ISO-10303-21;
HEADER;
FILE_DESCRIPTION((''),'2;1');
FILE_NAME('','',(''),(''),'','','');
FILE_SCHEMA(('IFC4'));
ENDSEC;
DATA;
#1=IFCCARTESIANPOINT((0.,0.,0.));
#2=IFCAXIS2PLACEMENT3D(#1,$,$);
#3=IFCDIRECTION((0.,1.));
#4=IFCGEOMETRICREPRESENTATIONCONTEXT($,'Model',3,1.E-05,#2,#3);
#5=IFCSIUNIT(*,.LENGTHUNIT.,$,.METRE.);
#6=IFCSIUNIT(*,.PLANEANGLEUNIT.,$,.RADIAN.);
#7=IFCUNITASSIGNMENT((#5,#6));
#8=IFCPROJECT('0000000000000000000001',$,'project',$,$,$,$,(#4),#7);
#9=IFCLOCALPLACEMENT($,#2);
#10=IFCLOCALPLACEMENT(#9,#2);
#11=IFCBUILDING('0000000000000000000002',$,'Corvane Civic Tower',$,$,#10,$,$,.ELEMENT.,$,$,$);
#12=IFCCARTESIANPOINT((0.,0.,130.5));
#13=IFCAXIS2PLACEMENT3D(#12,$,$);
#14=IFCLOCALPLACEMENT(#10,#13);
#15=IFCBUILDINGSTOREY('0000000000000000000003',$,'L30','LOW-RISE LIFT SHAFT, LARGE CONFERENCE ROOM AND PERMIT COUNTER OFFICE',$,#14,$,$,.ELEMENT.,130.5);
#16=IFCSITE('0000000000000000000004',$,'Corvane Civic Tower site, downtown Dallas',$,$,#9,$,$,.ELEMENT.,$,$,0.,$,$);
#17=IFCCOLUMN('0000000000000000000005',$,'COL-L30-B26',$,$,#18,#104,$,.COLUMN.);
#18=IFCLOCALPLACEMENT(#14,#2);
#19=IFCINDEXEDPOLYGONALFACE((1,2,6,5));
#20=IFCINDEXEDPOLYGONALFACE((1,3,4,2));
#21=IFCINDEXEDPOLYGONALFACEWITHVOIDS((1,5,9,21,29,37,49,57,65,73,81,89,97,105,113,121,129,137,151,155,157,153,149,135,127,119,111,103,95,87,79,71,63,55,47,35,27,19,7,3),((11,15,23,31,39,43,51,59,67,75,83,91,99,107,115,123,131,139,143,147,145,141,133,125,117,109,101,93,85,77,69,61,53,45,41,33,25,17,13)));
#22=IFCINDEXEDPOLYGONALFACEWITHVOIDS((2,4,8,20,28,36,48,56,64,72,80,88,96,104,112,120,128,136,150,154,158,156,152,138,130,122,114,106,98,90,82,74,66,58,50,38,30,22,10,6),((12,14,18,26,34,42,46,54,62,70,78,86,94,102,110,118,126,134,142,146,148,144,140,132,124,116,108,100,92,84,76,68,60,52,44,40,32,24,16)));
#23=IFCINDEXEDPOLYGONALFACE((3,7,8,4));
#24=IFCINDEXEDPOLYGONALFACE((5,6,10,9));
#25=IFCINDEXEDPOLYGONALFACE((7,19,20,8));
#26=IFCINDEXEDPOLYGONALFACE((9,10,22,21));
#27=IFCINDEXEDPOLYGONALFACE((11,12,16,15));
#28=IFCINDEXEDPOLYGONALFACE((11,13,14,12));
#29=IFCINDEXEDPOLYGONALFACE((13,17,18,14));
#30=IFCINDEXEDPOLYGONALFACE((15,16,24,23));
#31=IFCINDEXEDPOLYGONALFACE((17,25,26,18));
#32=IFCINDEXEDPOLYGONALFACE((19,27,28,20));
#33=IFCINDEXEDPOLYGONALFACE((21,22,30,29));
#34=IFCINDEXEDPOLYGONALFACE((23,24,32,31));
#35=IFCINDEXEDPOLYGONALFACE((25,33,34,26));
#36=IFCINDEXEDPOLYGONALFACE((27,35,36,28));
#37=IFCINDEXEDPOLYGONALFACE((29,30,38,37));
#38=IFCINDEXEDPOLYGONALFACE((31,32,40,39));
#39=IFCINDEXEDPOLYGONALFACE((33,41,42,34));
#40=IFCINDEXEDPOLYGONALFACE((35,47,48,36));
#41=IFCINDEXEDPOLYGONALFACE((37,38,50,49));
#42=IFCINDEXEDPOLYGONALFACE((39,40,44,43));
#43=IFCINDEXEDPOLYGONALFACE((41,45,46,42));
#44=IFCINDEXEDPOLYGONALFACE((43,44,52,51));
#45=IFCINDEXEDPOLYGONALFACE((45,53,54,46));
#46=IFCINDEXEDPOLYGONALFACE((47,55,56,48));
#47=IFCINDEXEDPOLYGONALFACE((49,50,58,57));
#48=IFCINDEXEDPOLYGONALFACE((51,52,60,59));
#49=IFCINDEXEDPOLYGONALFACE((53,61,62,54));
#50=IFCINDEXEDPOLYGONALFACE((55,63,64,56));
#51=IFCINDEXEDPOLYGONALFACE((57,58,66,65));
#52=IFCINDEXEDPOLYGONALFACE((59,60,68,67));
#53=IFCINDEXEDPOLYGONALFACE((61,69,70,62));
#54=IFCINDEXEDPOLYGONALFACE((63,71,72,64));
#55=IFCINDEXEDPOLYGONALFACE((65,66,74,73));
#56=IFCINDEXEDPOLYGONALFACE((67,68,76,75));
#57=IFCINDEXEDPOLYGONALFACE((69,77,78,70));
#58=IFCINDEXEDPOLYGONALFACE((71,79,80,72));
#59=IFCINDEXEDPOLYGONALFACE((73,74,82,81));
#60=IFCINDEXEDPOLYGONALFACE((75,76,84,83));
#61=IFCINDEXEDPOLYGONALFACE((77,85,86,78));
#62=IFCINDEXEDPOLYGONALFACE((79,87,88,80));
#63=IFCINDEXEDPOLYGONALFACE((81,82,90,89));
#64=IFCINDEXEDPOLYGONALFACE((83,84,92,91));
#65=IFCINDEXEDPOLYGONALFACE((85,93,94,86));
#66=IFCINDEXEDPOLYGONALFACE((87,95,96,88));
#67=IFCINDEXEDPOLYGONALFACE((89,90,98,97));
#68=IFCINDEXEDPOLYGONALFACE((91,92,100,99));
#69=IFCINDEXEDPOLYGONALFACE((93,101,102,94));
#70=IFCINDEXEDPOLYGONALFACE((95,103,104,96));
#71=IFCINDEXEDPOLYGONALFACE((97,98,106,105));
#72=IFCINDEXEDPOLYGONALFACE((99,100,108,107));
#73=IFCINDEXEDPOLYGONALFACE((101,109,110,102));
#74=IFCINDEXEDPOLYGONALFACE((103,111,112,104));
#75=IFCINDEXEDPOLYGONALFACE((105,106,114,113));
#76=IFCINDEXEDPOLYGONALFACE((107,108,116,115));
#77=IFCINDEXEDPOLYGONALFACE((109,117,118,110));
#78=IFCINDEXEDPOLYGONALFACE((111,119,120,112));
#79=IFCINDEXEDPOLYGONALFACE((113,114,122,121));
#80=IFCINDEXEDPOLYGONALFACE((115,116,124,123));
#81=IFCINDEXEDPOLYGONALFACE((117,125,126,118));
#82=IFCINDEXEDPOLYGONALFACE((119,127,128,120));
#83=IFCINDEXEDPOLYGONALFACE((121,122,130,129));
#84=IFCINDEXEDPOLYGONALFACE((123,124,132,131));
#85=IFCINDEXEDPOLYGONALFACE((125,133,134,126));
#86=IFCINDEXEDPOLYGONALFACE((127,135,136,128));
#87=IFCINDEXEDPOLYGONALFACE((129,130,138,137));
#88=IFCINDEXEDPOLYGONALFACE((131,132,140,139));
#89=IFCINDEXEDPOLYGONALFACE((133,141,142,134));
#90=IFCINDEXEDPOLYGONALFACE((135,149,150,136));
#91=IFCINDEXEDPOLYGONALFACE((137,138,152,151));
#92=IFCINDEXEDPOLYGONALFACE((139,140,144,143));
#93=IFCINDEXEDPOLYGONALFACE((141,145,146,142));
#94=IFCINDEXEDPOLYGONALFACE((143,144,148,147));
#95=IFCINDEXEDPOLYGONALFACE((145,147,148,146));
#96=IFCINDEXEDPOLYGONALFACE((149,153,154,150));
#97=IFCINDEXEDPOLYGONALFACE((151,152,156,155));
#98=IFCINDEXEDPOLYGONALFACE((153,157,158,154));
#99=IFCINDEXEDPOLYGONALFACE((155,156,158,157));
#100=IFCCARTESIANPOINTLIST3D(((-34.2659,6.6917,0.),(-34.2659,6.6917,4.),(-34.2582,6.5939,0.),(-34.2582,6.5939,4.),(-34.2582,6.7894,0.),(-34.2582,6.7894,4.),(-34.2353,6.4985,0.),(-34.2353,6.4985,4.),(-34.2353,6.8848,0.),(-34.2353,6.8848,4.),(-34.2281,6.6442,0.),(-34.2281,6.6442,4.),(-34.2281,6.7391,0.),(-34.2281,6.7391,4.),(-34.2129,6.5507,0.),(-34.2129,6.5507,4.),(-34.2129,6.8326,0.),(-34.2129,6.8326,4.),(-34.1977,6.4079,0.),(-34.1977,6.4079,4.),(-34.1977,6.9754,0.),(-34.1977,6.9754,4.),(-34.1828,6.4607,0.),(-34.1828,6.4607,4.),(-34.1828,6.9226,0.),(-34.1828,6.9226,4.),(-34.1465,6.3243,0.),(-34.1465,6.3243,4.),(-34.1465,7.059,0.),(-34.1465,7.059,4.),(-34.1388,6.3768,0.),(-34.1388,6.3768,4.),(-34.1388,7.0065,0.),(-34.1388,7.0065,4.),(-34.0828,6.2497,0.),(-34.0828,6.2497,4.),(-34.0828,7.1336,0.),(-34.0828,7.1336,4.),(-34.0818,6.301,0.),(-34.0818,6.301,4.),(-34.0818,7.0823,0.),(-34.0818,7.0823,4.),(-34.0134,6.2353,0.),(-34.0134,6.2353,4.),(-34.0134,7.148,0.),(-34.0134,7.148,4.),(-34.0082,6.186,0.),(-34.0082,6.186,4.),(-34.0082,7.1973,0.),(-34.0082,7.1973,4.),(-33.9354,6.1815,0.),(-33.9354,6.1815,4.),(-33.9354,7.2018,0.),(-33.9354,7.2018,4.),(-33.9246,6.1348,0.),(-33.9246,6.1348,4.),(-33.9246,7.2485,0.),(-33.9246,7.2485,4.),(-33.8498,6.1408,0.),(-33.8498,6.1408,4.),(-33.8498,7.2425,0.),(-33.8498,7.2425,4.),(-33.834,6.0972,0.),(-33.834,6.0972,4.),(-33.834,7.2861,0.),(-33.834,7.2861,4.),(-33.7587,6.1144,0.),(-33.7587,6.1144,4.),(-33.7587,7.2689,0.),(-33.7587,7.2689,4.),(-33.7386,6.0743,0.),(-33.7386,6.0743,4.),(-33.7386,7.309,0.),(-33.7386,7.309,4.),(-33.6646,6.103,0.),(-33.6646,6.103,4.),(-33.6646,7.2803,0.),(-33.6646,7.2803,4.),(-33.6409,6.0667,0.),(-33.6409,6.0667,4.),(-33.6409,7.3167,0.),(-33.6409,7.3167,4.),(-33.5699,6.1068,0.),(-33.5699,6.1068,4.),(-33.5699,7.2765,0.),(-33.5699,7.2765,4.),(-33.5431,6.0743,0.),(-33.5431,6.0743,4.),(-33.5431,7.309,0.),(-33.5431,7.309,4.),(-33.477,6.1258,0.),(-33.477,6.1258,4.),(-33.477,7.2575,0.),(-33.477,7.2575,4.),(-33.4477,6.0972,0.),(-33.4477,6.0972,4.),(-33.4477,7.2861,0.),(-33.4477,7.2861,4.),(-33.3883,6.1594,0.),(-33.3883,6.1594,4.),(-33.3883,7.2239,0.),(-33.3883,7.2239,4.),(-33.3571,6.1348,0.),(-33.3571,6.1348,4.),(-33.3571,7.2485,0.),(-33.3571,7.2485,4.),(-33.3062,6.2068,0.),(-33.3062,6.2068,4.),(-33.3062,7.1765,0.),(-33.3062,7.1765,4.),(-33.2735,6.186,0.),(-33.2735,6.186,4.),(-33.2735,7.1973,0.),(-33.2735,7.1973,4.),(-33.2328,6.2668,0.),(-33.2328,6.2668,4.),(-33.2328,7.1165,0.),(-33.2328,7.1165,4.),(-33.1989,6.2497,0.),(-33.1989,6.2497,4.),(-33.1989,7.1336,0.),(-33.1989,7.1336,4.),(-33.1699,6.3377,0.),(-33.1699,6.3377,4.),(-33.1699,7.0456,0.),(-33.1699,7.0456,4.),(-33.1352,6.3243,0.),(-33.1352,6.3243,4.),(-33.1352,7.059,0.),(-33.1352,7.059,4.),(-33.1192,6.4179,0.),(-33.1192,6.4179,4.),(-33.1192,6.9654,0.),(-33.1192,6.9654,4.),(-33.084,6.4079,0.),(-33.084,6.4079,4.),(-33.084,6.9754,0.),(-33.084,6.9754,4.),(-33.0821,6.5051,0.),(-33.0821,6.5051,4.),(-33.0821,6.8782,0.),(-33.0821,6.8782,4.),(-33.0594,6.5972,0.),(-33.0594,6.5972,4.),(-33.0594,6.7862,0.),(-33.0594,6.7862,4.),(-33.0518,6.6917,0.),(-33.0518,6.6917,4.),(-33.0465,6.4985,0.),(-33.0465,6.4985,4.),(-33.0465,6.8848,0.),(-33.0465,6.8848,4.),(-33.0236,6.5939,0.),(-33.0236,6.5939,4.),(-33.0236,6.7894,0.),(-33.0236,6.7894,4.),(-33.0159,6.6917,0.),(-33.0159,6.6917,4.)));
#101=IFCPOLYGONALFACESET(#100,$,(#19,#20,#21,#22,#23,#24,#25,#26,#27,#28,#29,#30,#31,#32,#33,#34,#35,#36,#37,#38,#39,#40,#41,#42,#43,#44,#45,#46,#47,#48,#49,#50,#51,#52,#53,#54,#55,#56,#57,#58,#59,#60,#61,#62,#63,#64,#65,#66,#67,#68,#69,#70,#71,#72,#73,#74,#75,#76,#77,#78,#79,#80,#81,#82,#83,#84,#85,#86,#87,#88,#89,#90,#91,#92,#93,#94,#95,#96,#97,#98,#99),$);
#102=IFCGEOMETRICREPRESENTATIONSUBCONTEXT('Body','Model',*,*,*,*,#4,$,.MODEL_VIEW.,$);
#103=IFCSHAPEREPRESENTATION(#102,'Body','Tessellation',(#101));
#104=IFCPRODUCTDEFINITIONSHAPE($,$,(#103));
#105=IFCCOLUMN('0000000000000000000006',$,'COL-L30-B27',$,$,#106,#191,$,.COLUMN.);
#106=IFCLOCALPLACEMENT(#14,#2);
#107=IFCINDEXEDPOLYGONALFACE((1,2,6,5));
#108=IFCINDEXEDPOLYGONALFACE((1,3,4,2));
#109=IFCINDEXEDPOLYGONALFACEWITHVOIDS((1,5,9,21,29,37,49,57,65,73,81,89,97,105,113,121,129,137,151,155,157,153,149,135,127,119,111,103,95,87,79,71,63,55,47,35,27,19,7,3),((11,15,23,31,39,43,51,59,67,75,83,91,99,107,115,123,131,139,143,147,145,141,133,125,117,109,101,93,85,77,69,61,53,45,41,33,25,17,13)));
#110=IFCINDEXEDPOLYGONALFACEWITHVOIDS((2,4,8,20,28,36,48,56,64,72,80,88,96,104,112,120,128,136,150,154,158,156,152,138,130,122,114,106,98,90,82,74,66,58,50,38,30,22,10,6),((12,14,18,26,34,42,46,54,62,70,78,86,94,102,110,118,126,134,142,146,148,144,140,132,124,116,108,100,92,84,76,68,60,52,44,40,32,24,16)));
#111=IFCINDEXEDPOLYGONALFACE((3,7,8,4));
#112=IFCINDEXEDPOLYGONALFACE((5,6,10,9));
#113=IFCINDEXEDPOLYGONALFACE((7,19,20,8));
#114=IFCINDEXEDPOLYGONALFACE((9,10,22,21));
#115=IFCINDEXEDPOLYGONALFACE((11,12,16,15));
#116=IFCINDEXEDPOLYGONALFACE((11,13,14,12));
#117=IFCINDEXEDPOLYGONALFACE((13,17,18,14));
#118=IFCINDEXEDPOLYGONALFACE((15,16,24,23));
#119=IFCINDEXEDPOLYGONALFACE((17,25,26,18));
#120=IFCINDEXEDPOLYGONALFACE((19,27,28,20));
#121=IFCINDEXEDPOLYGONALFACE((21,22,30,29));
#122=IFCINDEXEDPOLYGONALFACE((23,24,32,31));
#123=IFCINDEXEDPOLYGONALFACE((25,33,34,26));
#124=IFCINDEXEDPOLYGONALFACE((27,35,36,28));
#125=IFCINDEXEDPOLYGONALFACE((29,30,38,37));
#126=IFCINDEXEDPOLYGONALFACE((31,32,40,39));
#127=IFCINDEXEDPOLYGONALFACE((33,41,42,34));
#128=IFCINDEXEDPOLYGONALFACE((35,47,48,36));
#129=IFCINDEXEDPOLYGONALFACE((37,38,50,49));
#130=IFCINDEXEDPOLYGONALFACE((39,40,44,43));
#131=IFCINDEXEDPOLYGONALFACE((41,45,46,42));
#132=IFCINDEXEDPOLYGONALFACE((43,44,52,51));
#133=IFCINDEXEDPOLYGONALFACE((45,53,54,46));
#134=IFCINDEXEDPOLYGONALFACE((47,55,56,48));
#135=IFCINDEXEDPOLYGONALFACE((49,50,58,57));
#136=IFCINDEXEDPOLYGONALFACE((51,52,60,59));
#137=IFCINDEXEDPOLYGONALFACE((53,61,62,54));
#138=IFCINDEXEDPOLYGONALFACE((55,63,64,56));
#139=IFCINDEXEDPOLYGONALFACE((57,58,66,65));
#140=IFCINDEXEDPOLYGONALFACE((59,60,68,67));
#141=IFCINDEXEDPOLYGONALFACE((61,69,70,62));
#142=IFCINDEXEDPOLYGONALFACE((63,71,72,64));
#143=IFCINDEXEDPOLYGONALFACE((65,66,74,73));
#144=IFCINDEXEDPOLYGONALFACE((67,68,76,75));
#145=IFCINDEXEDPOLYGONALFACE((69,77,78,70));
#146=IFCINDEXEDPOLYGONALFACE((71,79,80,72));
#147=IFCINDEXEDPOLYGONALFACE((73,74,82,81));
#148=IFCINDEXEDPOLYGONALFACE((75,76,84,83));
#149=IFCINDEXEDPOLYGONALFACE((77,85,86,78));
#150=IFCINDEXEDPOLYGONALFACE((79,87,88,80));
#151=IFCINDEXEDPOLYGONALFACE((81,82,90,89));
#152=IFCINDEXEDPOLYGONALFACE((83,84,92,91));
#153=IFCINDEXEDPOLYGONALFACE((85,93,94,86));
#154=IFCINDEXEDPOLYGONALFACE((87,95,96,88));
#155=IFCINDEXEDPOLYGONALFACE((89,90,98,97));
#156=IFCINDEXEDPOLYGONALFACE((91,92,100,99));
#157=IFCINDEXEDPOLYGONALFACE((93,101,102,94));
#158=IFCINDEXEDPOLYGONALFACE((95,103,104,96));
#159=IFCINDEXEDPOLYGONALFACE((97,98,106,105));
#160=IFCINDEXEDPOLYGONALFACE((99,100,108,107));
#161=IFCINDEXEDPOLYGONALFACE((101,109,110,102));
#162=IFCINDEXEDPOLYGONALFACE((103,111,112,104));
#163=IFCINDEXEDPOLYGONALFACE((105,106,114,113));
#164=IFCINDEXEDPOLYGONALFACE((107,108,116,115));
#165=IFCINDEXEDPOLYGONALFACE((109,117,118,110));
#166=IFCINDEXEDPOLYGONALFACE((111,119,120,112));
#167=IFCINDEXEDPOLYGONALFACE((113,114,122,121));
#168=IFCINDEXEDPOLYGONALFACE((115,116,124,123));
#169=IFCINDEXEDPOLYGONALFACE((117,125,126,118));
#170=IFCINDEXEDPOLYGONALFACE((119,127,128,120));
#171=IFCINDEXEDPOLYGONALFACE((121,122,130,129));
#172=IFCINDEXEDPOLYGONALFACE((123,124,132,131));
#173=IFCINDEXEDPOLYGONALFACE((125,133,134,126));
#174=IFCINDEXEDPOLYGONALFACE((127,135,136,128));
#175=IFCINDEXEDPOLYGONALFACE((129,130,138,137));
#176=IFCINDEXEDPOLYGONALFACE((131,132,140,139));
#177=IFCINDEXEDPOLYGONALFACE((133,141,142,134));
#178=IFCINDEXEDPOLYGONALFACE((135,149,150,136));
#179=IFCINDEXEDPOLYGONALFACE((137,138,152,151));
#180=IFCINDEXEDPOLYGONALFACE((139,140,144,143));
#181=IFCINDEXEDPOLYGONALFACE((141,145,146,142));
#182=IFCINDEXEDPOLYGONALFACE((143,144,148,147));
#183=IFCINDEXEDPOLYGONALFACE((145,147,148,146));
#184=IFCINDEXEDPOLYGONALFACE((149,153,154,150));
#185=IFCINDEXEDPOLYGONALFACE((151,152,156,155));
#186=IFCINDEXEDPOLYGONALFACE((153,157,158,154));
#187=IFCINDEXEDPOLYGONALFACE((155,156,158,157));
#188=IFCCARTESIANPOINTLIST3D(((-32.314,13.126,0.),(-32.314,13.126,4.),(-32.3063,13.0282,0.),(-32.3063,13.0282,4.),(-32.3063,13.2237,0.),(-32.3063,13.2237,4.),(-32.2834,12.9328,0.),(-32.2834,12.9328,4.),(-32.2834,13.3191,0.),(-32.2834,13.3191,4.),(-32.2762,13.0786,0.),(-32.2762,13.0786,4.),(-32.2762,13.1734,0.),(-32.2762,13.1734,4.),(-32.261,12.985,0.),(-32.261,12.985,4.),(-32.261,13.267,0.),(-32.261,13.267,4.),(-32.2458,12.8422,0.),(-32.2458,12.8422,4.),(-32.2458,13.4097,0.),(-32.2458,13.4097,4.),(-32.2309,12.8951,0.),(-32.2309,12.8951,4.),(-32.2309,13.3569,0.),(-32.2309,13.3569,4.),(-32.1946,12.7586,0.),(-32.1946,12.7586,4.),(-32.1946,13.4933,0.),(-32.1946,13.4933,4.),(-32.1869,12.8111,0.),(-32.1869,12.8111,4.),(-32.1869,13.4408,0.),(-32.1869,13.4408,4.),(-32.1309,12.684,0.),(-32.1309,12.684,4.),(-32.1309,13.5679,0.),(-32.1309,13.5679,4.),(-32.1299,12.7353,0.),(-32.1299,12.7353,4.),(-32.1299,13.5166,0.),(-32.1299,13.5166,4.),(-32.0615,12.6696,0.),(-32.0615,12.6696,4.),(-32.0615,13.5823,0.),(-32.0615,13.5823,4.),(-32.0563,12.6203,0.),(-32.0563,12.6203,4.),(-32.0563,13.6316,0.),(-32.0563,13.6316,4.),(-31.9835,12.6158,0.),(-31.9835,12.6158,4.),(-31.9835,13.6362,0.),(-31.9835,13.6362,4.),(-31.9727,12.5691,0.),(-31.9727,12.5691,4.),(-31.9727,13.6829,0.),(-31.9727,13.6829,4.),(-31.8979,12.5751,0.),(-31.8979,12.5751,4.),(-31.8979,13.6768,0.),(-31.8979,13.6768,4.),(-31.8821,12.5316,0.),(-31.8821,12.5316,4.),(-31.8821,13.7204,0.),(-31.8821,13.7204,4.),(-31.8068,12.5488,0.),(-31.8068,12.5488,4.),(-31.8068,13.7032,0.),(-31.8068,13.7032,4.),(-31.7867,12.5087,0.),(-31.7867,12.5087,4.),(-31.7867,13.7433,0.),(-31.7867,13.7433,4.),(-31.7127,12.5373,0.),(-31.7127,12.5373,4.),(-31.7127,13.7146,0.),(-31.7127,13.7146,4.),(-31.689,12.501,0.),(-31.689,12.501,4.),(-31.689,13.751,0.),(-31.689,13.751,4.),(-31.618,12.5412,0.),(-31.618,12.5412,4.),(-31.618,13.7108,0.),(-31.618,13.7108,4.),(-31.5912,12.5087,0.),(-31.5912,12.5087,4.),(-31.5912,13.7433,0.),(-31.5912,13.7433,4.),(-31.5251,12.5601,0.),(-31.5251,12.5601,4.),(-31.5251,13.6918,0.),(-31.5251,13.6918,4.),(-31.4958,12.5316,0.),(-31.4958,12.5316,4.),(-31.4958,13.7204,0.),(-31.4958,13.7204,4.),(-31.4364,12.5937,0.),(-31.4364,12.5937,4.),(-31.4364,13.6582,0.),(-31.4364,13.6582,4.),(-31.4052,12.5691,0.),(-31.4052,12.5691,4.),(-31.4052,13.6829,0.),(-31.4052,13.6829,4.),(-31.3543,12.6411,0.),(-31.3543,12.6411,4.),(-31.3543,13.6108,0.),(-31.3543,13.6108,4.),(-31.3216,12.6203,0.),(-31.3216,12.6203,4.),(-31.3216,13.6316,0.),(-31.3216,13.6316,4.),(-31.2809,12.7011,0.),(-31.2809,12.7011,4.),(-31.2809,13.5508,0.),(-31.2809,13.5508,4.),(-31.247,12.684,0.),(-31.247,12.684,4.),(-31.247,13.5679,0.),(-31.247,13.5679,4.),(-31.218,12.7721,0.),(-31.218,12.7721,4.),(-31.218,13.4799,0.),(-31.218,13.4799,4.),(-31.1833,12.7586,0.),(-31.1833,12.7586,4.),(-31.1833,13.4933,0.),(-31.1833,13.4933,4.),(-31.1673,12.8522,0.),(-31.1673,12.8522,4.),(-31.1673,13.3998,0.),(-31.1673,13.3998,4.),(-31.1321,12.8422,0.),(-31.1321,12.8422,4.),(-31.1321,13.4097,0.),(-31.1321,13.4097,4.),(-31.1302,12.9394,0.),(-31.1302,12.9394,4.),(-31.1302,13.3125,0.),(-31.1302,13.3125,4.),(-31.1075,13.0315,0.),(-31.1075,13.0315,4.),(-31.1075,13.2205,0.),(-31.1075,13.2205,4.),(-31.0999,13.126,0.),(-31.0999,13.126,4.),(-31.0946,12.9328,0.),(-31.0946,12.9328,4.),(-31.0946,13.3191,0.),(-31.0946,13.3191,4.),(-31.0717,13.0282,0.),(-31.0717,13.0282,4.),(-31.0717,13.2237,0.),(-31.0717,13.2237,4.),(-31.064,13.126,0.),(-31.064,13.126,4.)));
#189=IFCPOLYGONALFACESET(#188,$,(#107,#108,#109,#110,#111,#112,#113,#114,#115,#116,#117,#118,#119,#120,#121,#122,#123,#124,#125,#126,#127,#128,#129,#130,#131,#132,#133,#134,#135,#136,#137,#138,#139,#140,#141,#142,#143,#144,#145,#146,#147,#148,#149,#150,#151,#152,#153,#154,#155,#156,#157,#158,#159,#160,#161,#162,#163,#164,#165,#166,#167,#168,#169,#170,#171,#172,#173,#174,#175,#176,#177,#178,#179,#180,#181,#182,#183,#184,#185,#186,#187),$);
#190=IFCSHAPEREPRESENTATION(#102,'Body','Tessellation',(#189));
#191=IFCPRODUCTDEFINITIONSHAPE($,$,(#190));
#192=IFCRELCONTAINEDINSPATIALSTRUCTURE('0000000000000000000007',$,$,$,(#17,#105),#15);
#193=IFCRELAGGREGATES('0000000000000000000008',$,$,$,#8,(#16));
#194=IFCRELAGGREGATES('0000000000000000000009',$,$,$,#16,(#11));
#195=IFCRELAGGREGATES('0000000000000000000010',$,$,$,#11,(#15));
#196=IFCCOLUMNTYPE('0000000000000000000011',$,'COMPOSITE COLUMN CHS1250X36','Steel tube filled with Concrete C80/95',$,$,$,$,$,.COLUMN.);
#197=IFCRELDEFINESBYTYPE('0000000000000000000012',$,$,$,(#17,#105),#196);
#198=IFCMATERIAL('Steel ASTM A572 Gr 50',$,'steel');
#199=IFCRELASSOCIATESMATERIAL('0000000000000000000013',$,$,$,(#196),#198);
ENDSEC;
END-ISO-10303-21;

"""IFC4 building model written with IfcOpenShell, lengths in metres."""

from ifc_helpers import new_model, si_unit, direction, frame, origin, origin_2d, place, context, subcontext, project, spatial, hollow_circle, extrude, material, material_profile, profile_set, type_object, element, save


model = new_model("IFC4")

# Units and contexts
model_context = context("Model", 3, precision=1e-05, world=origin(), true_north=direction((0.0, 1.0)))
body_context = subcontext(model_context, "Body", "Model", "MODEL_VIEW")
ifc_project = project(units=[si_unit("LENGTHUNIT", "METRE"), si_unit("PLANEANGLEUNIT", "RADIAN")], contexts=[model_context])

# Site, building, storey
site_placement = place(None, origin())
site = spatial("IfcSite", under=ifc_project, at=site_placement, Name="Corvane Civic Tower site, downtown Dallas", CompositionType="ELEMENT", RefElevation=0.0)
building_placement = place(site_placement, origin())
building = spatial("IfcBuilding", under=site, at=building_placement, Name="Corvane Civic Tower", CompositionType="ELEMENT")
storey_placement = place(building_placement, frame((0.0, 0.0, 130.5)))
storey = spatial("IfcBuildingStorey", under=building, at=storey_placement, Name="L30", Description="LOW-RISE LIFT SHAFT, LARGE CONFERENCE ROOM AND PERMIT COUNTER OFFICE", CompositionType="ELEMENT", Elevation=130.5)

# Columns
ifc_material_1 = material(Name="Steel ASTM A572 Gr 50", Category="steel")
ifc_material_profile_1 = material_profile(ifc_material_1, hollow_circle(Radius=0.625, WallThickness=0.0359, at=origin_2d()), Name="CHS1250X36")
ifc_profile_set_1 = profile_set([ifc_material_profile_1], Name="Steel ASTM A572 Gr 50")
column_type = type_object("IfcColumnType", Name="COMPOSITE COLUMN CHS1250X36", Description="Steel tube filled with Concrete C80/95", PredefinedType="COLUMN", material=ifc_profile_set_1)
for number, where, z_axis, x_axis, name in (
    (1, (-33.6409, 6.6917, 0.0), (0.0, 0.0, 1.0), (1.0, 0.0, 0.0), "COL-L30-B26"),
    (2, (-31.689, 13.126, 0.0), (0.0, 0.0, 1.0), (1.0, 0.0, 0.0), "COL-L30-B27"),
):
    element("IfcColumn", number, at=place(storey_placement, frame(where, z_axis=z_axis, x_axis=x_axis)), inside=storey, type_object=column_type, Name=name, PredefinedType="COLUMN", context=body_context, shape_type="SweptSolid", body=[
        extrude(hollow_circle(Radius=0.625, WallThickness=0.0359, at=origin_2d()), origin(), (0.0, 0.0, 1.0), 4.0),
    ])

save(model, "model.ifc")
